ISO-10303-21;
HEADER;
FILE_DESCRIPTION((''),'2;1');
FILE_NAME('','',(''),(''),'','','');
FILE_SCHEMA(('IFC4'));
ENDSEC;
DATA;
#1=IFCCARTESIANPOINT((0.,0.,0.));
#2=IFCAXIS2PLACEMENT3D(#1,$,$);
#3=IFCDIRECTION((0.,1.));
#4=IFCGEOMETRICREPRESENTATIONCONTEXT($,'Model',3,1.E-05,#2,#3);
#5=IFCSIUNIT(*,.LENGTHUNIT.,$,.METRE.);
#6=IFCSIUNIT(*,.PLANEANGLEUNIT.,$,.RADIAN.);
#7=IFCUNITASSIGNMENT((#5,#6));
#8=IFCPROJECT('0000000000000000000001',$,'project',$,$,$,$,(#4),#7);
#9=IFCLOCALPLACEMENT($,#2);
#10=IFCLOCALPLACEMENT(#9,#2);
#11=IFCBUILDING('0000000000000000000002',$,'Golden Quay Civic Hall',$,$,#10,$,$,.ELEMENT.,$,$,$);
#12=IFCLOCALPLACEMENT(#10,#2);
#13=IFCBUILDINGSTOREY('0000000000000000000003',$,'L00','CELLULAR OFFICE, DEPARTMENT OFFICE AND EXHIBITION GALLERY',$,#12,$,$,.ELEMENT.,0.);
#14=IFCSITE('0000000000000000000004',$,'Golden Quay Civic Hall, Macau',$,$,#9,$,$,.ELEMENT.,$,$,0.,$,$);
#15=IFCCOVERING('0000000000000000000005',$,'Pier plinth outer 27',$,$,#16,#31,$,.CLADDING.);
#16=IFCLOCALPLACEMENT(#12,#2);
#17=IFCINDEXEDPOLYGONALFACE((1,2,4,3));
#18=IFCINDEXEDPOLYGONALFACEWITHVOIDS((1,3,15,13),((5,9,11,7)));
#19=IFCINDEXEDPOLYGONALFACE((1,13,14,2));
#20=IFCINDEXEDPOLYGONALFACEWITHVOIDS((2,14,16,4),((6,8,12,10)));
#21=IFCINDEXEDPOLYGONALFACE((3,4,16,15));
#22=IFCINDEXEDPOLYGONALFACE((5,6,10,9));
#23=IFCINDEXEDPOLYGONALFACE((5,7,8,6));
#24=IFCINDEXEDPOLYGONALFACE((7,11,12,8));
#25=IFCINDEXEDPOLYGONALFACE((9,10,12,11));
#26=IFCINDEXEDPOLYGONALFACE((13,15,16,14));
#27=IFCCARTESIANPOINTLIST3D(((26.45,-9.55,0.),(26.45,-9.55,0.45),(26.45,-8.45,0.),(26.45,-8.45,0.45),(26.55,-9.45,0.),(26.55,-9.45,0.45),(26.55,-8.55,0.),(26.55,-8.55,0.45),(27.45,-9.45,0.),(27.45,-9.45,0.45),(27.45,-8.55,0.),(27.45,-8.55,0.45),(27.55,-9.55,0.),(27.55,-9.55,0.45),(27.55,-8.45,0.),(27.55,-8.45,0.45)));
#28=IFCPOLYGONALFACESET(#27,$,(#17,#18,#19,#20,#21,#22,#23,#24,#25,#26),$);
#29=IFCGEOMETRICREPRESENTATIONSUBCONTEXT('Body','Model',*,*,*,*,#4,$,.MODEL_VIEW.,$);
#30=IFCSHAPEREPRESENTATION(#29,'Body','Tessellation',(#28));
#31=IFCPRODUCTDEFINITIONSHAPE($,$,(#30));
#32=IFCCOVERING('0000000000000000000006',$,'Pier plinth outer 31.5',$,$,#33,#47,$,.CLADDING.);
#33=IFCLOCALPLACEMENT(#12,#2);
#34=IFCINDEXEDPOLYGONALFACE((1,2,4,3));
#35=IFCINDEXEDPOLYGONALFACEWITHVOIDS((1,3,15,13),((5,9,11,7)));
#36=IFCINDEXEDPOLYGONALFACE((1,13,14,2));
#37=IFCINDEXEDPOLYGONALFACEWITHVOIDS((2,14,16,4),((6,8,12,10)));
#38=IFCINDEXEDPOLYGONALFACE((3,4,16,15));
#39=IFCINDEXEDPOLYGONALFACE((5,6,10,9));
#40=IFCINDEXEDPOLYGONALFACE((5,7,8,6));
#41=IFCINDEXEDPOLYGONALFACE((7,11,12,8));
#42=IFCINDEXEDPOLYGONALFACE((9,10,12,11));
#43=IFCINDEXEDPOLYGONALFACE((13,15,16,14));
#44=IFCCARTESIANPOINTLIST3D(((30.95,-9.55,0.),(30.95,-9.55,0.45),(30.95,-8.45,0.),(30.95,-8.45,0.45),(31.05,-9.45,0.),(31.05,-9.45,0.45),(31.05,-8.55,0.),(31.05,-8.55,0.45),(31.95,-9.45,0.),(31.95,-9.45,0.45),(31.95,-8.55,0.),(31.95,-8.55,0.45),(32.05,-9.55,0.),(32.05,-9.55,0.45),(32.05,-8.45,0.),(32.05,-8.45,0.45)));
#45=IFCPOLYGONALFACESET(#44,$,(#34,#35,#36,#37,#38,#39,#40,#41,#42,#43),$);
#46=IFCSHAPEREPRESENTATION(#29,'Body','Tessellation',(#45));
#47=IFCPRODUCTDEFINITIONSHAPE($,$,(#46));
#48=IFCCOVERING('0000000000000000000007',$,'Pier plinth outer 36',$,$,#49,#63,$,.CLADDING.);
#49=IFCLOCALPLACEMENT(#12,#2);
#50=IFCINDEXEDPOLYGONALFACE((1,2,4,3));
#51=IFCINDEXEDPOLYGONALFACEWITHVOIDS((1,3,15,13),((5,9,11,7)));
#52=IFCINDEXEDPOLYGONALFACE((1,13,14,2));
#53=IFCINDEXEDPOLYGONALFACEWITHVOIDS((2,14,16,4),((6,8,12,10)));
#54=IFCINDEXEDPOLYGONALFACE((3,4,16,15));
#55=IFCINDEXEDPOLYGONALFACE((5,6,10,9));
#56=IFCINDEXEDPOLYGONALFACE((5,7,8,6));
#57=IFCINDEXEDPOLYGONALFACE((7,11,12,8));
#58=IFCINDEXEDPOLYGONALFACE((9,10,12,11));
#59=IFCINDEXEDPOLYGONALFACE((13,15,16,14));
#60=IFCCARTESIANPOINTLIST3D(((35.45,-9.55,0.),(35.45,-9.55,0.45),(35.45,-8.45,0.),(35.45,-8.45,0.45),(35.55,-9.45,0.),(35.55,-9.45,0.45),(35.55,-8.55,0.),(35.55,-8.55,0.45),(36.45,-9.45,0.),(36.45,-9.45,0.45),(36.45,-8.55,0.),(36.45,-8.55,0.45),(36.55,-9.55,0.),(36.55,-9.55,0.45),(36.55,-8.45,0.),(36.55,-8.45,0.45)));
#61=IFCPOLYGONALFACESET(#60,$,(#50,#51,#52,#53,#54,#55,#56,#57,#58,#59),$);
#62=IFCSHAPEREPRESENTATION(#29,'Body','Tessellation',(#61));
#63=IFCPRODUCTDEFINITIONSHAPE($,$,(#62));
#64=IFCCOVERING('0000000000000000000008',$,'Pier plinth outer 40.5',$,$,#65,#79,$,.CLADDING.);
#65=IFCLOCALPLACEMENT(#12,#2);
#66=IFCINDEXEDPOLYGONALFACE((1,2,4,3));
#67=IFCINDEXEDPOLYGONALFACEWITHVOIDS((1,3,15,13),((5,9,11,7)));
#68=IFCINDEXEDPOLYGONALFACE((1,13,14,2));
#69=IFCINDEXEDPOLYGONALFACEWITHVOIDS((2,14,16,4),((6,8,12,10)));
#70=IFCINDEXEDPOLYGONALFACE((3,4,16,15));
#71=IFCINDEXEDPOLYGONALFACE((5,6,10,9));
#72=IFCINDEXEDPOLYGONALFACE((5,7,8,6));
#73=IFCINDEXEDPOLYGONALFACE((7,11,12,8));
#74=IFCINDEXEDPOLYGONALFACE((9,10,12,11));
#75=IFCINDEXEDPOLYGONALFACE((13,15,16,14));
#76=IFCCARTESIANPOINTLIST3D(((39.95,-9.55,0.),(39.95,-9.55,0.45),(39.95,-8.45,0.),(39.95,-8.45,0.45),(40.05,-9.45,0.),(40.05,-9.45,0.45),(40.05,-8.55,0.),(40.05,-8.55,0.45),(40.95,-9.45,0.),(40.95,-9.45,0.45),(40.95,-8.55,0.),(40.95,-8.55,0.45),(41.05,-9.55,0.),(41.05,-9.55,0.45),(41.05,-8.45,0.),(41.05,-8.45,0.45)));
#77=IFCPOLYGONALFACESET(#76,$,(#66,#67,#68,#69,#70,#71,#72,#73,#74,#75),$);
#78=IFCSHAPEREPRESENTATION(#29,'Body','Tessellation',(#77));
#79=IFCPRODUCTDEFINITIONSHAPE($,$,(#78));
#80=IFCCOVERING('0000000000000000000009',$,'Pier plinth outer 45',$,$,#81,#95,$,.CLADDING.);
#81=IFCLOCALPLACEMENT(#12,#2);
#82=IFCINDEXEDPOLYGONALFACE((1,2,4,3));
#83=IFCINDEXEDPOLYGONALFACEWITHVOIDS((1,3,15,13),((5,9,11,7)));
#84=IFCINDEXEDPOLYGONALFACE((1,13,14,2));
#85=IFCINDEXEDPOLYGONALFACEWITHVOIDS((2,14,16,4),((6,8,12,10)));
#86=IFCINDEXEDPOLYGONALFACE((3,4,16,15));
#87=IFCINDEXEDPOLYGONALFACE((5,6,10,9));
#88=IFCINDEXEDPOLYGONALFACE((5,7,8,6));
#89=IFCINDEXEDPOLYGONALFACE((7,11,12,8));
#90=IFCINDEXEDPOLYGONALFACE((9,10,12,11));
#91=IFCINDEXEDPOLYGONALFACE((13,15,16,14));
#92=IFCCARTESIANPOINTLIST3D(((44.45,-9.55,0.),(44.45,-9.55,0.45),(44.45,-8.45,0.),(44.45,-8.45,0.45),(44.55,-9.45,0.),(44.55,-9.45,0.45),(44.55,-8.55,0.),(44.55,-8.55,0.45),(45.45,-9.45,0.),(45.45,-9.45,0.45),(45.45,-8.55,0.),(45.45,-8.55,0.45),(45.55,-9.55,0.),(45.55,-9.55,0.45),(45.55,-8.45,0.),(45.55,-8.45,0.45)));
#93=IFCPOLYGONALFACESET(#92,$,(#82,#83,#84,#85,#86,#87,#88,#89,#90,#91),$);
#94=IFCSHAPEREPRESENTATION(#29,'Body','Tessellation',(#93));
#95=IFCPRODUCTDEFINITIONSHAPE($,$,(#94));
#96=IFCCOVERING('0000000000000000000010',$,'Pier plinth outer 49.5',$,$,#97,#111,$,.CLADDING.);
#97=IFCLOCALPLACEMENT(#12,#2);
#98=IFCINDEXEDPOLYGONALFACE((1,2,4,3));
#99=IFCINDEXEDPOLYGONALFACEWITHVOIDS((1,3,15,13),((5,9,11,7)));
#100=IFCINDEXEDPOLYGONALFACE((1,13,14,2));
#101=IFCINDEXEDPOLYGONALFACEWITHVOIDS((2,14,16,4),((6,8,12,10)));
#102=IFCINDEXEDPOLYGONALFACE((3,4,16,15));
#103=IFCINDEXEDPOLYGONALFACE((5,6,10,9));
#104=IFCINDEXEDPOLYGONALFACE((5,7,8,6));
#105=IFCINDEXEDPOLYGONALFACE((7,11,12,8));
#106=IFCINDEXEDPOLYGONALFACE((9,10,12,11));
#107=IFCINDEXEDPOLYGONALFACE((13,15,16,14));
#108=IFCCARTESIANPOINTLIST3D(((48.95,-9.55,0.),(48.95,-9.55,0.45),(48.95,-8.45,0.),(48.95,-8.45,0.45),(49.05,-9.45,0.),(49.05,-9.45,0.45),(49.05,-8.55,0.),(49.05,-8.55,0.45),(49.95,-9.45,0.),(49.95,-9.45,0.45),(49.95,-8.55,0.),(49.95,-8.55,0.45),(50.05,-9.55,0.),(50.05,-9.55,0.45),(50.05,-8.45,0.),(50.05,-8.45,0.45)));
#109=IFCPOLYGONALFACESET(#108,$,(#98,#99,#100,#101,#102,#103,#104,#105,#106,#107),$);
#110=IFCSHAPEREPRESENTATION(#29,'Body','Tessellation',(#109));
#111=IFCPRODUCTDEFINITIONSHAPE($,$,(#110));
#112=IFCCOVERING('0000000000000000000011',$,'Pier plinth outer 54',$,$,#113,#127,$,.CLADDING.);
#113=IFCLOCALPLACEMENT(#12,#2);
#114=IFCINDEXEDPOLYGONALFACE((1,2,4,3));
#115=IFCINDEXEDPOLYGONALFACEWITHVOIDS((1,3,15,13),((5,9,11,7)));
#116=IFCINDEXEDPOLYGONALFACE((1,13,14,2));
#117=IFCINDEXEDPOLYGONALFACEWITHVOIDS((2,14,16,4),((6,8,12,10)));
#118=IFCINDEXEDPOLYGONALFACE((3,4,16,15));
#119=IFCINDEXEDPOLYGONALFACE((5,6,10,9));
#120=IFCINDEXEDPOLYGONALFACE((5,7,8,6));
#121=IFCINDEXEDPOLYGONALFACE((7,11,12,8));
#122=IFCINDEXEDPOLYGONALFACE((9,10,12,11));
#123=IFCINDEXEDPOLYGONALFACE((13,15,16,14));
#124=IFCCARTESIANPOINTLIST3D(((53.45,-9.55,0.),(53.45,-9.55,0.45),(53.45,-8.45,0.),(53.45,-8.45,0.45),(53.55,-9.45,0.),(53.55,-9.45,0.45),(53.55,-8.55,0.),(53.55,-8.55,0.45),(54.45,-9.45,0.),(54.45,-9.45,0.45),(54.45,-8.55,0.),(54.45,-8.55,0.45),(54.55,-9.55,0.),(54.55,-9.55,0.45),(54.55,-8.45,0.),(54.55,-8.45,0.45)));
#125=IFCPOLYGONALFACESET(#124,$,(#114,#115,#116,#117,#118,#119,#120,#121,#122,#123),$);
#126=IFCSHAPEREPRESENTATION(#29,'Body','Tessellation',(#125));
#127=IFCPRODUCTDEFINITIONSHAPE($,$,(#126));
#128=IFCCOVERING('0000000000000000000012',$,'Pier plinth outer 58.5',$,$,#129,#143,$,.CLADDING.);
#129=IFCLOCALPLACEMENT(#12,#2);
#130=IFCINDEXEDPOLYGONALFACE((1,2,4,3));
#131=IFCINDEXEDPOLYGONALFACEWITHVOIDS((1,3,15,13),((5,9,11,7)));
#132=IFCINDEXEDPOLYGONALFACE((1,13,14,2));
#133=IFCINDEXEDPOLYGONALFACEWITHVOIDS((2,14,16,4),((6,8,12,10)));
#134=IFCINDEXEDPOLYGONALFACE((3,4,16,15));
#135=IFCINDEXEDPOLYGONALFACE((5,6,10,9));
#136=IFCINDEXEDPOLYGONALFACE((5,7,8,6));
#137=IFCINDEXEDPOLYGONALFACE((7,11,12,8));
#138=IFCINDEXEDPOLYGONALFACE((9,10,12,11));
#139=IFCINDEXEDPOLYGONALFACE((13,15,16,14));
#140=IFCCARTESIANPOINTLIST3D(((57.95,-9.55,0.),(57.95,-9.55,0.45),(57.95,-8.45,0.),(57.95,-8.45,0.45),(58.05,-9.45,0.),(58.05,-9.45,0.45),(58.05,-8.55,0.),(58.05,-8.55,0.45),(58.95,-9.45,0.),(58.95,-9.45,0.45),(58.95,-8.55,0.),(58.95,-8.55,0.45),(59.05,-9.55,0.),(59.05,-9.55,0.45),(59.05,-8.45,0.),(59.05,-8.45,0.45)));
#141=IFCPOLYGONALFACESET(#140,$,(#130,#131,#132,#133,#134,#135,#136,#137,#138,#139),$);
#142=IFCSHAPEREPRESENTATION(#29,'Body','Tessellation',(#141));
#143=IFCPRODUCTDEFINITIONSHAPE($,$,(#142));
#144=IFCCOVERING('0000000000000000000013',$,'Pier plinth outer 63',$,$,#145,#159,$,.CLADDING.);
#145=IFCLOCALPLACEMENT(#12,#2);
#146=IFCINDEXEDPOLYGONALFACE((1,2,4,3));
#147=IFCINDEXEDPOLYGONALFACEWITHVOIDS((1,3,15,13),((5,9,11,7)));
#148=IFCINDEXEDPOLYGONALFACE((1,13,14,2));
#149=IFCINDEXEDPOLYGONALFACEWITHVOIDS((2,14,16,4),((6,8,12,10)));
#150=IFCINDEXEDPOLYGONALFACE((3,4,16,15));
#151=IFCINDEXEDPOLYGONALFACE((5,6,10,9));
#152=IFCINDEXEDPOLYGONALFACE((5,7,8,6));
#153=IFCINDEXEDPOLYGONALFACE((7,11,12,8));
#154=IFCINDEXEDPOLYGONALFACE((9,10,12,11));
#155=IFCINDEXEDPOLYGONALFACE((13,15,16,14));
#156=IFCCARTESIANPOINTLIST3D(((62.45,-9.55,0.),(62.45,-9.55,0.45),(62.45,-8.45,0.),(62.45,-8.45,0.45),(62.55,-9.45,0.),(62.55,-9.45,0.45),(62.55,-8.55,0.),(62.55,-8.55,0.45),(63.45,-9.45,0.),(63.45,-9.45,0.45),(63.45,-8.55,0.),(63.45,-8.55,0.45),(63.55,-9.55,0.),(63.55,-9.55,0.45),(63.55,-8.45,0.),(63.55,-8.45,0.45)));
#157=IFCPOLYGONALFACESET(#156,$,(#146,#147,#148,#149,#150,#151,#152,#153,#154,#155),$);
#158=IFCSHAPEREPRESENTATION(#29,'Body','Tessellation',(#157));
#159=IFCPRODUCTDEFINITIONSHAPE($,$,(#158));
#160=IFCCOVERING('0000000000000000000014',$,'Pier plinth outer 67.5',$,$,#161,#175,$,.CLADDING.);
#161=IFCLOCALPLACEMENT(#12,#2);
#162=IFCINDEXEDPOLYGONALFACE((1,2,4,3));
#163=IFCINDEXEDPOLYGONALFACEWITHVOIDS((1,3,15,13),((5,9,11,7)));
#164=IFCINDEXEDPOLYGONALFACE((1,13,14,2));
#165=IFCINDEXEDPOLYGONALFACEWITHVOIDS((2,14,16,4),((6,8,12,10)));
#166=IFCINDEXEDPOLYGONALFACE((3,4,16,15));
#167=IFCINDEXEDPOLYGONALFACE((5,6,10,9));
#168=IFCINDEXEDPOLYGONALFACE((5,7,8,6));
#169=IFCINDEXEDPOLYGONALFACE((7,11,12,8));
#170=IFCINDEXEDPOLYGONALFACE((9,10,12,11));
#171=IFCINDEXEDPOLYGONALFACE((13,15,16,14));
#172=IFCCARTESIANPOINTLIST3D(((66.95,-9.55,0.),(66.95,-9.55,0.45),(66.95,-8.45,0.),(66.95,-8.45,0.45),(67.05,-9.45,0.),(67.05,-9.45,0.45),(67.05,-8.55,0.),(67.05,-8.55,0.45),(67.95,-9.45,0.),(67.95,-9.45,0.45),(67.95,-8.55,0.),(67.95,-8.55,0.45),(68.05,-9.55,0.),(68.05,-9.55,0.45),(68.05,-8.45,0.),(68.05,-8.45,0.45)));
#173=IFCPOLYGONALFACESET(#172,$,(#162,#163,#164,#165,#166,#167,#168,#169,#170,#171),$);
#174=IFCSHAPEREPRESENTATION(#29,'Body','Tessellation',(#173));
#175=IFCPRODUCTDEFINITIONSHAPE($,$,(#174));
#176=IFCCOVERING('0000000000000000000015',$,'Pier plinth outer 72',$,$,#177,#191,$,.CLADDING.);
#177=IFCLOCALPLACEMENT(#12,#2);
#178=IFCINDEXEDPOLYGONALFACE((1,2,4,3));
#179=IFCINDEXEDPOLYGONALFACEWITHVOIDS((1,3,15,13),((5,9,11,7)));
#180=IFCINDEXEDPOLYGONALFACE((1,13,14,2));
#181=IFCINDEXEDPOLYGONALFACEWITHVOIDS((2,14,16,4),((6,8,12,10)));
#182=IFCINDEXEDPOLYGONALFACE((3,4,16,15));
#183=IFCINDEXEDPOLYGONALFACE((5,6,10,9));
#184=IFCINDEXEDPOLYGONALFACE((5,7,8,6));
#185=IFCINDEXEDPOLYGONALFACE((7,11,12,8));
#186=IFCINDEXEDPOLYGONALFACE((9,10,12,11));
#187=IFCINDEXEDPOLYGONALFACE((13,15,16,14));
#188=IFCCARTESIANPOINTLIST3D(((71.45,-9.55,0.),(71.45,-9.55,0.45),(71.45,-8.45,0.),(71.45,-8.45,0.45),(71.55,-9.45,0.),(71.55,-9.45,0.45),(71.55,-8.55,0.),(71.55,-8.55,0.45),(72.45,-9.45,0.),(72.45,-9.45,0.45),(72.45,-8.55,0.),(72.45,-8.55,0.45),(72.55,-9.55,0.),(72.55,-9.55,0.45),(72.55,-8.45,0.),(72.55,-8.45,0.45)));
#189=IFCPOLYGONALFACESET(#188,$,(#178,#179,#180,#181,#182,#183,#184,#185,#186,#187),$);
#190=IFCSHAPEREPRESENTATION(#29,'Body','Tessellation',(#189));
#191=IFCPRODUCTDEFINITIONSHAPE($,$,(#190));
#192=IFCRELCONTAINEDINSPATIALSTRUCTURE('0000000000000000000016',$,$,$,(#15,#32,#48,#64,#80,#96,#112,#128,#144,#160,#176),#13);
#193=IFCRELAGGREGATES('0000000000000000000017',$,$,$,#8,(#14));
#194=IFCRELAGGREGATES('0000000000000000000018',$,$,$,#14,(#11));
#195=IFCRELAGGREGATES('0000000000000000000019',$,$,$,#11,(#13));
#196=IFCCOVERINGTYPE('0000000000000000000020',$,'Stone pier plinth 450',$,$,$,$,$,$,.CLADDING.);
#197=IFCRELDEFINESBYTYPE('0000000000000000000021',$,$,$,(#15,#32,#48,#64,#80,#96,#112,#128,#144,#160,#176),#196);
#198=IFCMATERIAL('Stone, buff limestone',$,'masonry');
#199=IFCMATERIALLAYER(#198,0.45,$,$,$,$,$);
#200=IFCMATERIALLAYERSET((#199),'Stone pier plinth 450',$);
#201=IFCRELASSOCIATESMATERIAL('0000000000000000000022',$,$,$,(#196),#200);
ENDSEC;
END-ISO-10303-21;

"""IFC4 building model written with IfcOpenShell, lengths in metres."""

from ifc_helpers import new_model, si_unit, direction, origin, place, context, subcontext, project, spatial, polyline, outline, extrude, material, layer, layer_set, type_object, element, save


model = new_model("IFC4")

# Units and contexts
model_context = context("Model", 3, precision=1e-05, world=origin(), true_north=direction((0.0, 1.0)))
body_context = subcontext(model_context, "Body", "Model", "MODEL_VIEW")
ifc_project = project(units=[si_unit("LENGTHUNIT", "METRE"), si_unit("PLANEANGLEUNIT", "RADIAN")], contexts=[model_context])

# Site, building, storey
site_placement = place(None, origin())
site = spatial("IfcSite", under=ifc_project, at=site_placement, Name="Golden Quay Civic Hall, Macau", CompositionType="ELEMENT", RefElevation=0.0)
building_placement = place(site_placement, origin())
building = spatial("IfcBuilding", under=site, at=building_placement, Name="Golden Quay Civic Hall", CompositionType="ELEMENT")
storey_placement = place(building_placement, origin())
storey = spatial("IfcBuildingStorey", under=building, at=storey_placement, Name="L00", Description="CELLULAR OFFICE, DEPARTMENT OFFICE AND EXHIBITION GALLERY", CompositionType="ELEMENT", Elevation=0.0)

# Coverings
ifc_material_1 = material(Name="Stone, buff limestone", Category="masonry")
ifc_layer_1 = layer(ifc_material_1, 0.45)
ifc_layer_set_1 = layer_set([ifc_layer_1], Name="Stone pier plinth 450")
covering_type = type_object("IfcCoveringType", Name="Stone pier plinth 450", PredefinedType="CLADDING", material=ifc_layer_set_1)
covering_1_placement = place(storey_placement, origin())
element("IfcCovering", 1, at=covering_1_placement, inside=storey, type_object=covering_type, Name="Pier plinth outer 27", PredefinedType="CLADDING", context=body_context, shape_type="SweptSolid", body=[
    extrude(outline(polyline([(26.45, -9.55), (27.55, -9.55), (27.55, -8.45), (26.45, -8.45), (26.45, -9.55)]), holes=[polyline([(26.55, -9.45), (27.45, -9.45), (27.45, -8.55), (26.55, -8.55), (26.55, -9.45)])]), origin(), (0.0, 0.0, 1.0), 0.45),
])
covering_2_placement = place(storey_placement, origin())
element("IfcCovering", 2, at=covering_2_placement, inside=storey, type_object=covering_type, Name="Pier plinth outer 31.5", PredefinedType="CLADDING", context=body_context, shape_type="SweptSolid", body=[
    extrude(outline(polyline([(30.95, -9.55), (32.05, -9.55), (32.05, -8.45), (30.95, -8.45), (30.95, -9.55)]), holes=[polyline([(31.05, -9.45), (31.95, -9.45), (31.95, -8.55), (31.05, -8.55), (31.05, -9.45)])]), origin(), (0.0, 0.0, 1.0), 0.45),
])
covering_3_placement = place(storey_placement, origin())
element("IfcCovering", 3, at=covering_3_placement, inside=storey, type_object=covering_type, Name="Pier plinth outer 36", PredefinedType="CLADDING", context=body_context, shape_type="SweptSolid", body=[
    extrude(outline(polyline([(35.45, -9.55), (36.55, -9.55), (36.55, -8.45), (35.45, -8.45), (35.45, -9.55)]), holes=[polyline([(35.55, -9.45), (36.45, -9.45), (36.45, -8.55), (35.55, -8.55), (35.55, -9.45)])]), origin(), (0.0, 0.0, 1.0), 0.45),
])
covering_4_placement = place(storey_placement, origin())
element("IfcCovering", 4, at=covering_4_placement, inside=storey, type_object=covering_type, Name="Pier plinth outer 40.5", PredefinedType="CLADDING", context=body_context, shape_type="SweptSolid", body=[
    extrude(outline(polyline([(39.95, -9.55), (41.05, -9.55), (41.05, -8.45), (39.95, -8.45), (39.95, -9.55)]), holes=[polyline([(40.05, -9.45), (40.95, -9.45), (40.95, -8.55), (40.05, -8.55), (40.05, -9.45)])]), origin(), (0.0, 0.0, 1.0), 0.45),
])
covering_5_placement = place(storey_placement, origin())
element("IfcCovering", 5, at=covering_5_placement, inside=storey, type_object=covering_type, Name="Pier plinth outer 45", PredefinedType="CLADDING", context=body_context, shape_type="SweptSolid", body=[
    extrude(outline(polyline([(44.45, -9.55), (45.55, -9.55), (45.55, -8.45), (44.45, -8.45), (44.45, -9.55)]), holes=[polyline([(44.55, -9.45), (45.45, -9.45), (45.45, -8.55), (44.55, -8.55), (44.55, -9.45)])]), origin(), (0.0, 0.0, 1.0), 0.45),
])
covering_6_placement = place(storey_placement, origin())
element("IfcCovering", 6, at=covering_6_placement, inside=storey, type_object=covering_type, Name="Pier plinth outer 49.5", PredefinedType="CLADDING", context=body_context, shape_type="SweptSolid", body=[
    extrude(outline(polyline([(48.95, -9.55), (50.05, -9.55), (50.05, -8.45), (48.95, -8.45), (48.95, -9.55)]), holes=[polyline([(49.05, -9.45), (49.95, -9.45), (49.95, -8.55), (49.05, -8.55), (49.05, -9.45)])]), origin(), (0.0, 0.0, 1.0), 0.45),
])
covering_7_placement = place(storey_placement, origin())
element("IfcCovering", 7, at=covering_7_placement, inside=storey, type_object=covering_type, Name="Pier plinth outer 54", PredefinedType="CLADDING", context=body_context, shape_type="SweptSolid", body=[
    extrude(outline(polyline([(53.45, -9.55), (54.55, -9.55), (54.55, -8.45), (53.45, -8.45), (53.45, -9.55)]), holes=[polyline([(53.55, -9.45), (54.45, -9.45), (54.45, -8.55), (53.55, -8.55), (53.55, -9.45)])]), origin(), (0.0, 0.0, 1.0), 0.45),
])
covering_8_placement = place(storey_placement, origin())
element("IfcCovering", 8, at=covering_8_placement, inside=storey, type_object=covering_type, Name="Pier plinth outer 58.5", PredefinedType="CLADDING", context=body_context, shape_type="SweptSolid", body=[
    extrude(outline(polyline([(57.95, -9.55), (59.05, -9.55), (59.05, -8.45), (57.95, -8.45), (57.95, -9.55)]), holes=[polyline([(58.05, -9.45), (58.95, -9.45), (58.95, -8.55), (58.05, -8.55), (58.05, -9.45)])]), origin(), (0.0, 0.0, 1.0), 0.45),
])
covering_9_placement = place(storey_placement, origin())
element("IfcCovering", 9, at=covering_9_placement, inside=storey, type_object=covering_type, Name="Pier plinth outer 63", PredefinedType="CLADDING", context=body_context, shape_type="SweptSolid", body=[
    extrude(outline(polyline([(62.45, -9.55), (63.55, -9.55), (63.55, -8.45), (62.45, -8.45), (62.45, -9.55)]), holes=[polyline([(62.55, -9.45), (63.45, -9.45), (63.45, -8.55), (62.55, -8.55), (62.55, -9.45)])]), origin(), (0.0, 0.0, 1.0), 0.45),
])
covering_10_placement = place(storey_placement, origin())
element("IfcCovering", 10, at=covering_10_placement, inside=storey, type_object=covering_type, Name="Pier plinth outer 67.5", PredefinedType="CLADDING", context=body_context, shape_type="SweptSolid", body=[
    extrude(outline(polyline([(66.95, -9.55), (68.05, -9.55), (68.05, -8.45), (66.95, -8.45), (66.95, -9.55)]), holes=[polyline([(67.05, -9.45), (67.95, -9.45), (67.95, -8.55), (67.05, -8.55), (67.05, -9.45)])]), origin(), (0.0, 0.0, 1.0), 0.45),
])
covering_11_placement = place(storey_placement, origin())
element("IfcCovering", 11, at=covering_11_placement, inside=storey, type_object=covering_type, Name="Pier plinth outer 72", PredefinedType="CLADDING", context=body_context, shape_type="SweptSolid", body=[
    extrude(outline(polyline([(71.45, -9.55), (72.55, -9.55), (72.55, -8.45), (71.45, -8.45), (71.45, -9.55)]), holes=[polyline([(71.55, -9.45), (72.45, -9.45), (72.45, -8.55), (71.55, -8.55), (71.55, -9.45)])]), origin(), (0.0, 0.0, 1.0), 0.45),
])

save(model, "model.ifc")
